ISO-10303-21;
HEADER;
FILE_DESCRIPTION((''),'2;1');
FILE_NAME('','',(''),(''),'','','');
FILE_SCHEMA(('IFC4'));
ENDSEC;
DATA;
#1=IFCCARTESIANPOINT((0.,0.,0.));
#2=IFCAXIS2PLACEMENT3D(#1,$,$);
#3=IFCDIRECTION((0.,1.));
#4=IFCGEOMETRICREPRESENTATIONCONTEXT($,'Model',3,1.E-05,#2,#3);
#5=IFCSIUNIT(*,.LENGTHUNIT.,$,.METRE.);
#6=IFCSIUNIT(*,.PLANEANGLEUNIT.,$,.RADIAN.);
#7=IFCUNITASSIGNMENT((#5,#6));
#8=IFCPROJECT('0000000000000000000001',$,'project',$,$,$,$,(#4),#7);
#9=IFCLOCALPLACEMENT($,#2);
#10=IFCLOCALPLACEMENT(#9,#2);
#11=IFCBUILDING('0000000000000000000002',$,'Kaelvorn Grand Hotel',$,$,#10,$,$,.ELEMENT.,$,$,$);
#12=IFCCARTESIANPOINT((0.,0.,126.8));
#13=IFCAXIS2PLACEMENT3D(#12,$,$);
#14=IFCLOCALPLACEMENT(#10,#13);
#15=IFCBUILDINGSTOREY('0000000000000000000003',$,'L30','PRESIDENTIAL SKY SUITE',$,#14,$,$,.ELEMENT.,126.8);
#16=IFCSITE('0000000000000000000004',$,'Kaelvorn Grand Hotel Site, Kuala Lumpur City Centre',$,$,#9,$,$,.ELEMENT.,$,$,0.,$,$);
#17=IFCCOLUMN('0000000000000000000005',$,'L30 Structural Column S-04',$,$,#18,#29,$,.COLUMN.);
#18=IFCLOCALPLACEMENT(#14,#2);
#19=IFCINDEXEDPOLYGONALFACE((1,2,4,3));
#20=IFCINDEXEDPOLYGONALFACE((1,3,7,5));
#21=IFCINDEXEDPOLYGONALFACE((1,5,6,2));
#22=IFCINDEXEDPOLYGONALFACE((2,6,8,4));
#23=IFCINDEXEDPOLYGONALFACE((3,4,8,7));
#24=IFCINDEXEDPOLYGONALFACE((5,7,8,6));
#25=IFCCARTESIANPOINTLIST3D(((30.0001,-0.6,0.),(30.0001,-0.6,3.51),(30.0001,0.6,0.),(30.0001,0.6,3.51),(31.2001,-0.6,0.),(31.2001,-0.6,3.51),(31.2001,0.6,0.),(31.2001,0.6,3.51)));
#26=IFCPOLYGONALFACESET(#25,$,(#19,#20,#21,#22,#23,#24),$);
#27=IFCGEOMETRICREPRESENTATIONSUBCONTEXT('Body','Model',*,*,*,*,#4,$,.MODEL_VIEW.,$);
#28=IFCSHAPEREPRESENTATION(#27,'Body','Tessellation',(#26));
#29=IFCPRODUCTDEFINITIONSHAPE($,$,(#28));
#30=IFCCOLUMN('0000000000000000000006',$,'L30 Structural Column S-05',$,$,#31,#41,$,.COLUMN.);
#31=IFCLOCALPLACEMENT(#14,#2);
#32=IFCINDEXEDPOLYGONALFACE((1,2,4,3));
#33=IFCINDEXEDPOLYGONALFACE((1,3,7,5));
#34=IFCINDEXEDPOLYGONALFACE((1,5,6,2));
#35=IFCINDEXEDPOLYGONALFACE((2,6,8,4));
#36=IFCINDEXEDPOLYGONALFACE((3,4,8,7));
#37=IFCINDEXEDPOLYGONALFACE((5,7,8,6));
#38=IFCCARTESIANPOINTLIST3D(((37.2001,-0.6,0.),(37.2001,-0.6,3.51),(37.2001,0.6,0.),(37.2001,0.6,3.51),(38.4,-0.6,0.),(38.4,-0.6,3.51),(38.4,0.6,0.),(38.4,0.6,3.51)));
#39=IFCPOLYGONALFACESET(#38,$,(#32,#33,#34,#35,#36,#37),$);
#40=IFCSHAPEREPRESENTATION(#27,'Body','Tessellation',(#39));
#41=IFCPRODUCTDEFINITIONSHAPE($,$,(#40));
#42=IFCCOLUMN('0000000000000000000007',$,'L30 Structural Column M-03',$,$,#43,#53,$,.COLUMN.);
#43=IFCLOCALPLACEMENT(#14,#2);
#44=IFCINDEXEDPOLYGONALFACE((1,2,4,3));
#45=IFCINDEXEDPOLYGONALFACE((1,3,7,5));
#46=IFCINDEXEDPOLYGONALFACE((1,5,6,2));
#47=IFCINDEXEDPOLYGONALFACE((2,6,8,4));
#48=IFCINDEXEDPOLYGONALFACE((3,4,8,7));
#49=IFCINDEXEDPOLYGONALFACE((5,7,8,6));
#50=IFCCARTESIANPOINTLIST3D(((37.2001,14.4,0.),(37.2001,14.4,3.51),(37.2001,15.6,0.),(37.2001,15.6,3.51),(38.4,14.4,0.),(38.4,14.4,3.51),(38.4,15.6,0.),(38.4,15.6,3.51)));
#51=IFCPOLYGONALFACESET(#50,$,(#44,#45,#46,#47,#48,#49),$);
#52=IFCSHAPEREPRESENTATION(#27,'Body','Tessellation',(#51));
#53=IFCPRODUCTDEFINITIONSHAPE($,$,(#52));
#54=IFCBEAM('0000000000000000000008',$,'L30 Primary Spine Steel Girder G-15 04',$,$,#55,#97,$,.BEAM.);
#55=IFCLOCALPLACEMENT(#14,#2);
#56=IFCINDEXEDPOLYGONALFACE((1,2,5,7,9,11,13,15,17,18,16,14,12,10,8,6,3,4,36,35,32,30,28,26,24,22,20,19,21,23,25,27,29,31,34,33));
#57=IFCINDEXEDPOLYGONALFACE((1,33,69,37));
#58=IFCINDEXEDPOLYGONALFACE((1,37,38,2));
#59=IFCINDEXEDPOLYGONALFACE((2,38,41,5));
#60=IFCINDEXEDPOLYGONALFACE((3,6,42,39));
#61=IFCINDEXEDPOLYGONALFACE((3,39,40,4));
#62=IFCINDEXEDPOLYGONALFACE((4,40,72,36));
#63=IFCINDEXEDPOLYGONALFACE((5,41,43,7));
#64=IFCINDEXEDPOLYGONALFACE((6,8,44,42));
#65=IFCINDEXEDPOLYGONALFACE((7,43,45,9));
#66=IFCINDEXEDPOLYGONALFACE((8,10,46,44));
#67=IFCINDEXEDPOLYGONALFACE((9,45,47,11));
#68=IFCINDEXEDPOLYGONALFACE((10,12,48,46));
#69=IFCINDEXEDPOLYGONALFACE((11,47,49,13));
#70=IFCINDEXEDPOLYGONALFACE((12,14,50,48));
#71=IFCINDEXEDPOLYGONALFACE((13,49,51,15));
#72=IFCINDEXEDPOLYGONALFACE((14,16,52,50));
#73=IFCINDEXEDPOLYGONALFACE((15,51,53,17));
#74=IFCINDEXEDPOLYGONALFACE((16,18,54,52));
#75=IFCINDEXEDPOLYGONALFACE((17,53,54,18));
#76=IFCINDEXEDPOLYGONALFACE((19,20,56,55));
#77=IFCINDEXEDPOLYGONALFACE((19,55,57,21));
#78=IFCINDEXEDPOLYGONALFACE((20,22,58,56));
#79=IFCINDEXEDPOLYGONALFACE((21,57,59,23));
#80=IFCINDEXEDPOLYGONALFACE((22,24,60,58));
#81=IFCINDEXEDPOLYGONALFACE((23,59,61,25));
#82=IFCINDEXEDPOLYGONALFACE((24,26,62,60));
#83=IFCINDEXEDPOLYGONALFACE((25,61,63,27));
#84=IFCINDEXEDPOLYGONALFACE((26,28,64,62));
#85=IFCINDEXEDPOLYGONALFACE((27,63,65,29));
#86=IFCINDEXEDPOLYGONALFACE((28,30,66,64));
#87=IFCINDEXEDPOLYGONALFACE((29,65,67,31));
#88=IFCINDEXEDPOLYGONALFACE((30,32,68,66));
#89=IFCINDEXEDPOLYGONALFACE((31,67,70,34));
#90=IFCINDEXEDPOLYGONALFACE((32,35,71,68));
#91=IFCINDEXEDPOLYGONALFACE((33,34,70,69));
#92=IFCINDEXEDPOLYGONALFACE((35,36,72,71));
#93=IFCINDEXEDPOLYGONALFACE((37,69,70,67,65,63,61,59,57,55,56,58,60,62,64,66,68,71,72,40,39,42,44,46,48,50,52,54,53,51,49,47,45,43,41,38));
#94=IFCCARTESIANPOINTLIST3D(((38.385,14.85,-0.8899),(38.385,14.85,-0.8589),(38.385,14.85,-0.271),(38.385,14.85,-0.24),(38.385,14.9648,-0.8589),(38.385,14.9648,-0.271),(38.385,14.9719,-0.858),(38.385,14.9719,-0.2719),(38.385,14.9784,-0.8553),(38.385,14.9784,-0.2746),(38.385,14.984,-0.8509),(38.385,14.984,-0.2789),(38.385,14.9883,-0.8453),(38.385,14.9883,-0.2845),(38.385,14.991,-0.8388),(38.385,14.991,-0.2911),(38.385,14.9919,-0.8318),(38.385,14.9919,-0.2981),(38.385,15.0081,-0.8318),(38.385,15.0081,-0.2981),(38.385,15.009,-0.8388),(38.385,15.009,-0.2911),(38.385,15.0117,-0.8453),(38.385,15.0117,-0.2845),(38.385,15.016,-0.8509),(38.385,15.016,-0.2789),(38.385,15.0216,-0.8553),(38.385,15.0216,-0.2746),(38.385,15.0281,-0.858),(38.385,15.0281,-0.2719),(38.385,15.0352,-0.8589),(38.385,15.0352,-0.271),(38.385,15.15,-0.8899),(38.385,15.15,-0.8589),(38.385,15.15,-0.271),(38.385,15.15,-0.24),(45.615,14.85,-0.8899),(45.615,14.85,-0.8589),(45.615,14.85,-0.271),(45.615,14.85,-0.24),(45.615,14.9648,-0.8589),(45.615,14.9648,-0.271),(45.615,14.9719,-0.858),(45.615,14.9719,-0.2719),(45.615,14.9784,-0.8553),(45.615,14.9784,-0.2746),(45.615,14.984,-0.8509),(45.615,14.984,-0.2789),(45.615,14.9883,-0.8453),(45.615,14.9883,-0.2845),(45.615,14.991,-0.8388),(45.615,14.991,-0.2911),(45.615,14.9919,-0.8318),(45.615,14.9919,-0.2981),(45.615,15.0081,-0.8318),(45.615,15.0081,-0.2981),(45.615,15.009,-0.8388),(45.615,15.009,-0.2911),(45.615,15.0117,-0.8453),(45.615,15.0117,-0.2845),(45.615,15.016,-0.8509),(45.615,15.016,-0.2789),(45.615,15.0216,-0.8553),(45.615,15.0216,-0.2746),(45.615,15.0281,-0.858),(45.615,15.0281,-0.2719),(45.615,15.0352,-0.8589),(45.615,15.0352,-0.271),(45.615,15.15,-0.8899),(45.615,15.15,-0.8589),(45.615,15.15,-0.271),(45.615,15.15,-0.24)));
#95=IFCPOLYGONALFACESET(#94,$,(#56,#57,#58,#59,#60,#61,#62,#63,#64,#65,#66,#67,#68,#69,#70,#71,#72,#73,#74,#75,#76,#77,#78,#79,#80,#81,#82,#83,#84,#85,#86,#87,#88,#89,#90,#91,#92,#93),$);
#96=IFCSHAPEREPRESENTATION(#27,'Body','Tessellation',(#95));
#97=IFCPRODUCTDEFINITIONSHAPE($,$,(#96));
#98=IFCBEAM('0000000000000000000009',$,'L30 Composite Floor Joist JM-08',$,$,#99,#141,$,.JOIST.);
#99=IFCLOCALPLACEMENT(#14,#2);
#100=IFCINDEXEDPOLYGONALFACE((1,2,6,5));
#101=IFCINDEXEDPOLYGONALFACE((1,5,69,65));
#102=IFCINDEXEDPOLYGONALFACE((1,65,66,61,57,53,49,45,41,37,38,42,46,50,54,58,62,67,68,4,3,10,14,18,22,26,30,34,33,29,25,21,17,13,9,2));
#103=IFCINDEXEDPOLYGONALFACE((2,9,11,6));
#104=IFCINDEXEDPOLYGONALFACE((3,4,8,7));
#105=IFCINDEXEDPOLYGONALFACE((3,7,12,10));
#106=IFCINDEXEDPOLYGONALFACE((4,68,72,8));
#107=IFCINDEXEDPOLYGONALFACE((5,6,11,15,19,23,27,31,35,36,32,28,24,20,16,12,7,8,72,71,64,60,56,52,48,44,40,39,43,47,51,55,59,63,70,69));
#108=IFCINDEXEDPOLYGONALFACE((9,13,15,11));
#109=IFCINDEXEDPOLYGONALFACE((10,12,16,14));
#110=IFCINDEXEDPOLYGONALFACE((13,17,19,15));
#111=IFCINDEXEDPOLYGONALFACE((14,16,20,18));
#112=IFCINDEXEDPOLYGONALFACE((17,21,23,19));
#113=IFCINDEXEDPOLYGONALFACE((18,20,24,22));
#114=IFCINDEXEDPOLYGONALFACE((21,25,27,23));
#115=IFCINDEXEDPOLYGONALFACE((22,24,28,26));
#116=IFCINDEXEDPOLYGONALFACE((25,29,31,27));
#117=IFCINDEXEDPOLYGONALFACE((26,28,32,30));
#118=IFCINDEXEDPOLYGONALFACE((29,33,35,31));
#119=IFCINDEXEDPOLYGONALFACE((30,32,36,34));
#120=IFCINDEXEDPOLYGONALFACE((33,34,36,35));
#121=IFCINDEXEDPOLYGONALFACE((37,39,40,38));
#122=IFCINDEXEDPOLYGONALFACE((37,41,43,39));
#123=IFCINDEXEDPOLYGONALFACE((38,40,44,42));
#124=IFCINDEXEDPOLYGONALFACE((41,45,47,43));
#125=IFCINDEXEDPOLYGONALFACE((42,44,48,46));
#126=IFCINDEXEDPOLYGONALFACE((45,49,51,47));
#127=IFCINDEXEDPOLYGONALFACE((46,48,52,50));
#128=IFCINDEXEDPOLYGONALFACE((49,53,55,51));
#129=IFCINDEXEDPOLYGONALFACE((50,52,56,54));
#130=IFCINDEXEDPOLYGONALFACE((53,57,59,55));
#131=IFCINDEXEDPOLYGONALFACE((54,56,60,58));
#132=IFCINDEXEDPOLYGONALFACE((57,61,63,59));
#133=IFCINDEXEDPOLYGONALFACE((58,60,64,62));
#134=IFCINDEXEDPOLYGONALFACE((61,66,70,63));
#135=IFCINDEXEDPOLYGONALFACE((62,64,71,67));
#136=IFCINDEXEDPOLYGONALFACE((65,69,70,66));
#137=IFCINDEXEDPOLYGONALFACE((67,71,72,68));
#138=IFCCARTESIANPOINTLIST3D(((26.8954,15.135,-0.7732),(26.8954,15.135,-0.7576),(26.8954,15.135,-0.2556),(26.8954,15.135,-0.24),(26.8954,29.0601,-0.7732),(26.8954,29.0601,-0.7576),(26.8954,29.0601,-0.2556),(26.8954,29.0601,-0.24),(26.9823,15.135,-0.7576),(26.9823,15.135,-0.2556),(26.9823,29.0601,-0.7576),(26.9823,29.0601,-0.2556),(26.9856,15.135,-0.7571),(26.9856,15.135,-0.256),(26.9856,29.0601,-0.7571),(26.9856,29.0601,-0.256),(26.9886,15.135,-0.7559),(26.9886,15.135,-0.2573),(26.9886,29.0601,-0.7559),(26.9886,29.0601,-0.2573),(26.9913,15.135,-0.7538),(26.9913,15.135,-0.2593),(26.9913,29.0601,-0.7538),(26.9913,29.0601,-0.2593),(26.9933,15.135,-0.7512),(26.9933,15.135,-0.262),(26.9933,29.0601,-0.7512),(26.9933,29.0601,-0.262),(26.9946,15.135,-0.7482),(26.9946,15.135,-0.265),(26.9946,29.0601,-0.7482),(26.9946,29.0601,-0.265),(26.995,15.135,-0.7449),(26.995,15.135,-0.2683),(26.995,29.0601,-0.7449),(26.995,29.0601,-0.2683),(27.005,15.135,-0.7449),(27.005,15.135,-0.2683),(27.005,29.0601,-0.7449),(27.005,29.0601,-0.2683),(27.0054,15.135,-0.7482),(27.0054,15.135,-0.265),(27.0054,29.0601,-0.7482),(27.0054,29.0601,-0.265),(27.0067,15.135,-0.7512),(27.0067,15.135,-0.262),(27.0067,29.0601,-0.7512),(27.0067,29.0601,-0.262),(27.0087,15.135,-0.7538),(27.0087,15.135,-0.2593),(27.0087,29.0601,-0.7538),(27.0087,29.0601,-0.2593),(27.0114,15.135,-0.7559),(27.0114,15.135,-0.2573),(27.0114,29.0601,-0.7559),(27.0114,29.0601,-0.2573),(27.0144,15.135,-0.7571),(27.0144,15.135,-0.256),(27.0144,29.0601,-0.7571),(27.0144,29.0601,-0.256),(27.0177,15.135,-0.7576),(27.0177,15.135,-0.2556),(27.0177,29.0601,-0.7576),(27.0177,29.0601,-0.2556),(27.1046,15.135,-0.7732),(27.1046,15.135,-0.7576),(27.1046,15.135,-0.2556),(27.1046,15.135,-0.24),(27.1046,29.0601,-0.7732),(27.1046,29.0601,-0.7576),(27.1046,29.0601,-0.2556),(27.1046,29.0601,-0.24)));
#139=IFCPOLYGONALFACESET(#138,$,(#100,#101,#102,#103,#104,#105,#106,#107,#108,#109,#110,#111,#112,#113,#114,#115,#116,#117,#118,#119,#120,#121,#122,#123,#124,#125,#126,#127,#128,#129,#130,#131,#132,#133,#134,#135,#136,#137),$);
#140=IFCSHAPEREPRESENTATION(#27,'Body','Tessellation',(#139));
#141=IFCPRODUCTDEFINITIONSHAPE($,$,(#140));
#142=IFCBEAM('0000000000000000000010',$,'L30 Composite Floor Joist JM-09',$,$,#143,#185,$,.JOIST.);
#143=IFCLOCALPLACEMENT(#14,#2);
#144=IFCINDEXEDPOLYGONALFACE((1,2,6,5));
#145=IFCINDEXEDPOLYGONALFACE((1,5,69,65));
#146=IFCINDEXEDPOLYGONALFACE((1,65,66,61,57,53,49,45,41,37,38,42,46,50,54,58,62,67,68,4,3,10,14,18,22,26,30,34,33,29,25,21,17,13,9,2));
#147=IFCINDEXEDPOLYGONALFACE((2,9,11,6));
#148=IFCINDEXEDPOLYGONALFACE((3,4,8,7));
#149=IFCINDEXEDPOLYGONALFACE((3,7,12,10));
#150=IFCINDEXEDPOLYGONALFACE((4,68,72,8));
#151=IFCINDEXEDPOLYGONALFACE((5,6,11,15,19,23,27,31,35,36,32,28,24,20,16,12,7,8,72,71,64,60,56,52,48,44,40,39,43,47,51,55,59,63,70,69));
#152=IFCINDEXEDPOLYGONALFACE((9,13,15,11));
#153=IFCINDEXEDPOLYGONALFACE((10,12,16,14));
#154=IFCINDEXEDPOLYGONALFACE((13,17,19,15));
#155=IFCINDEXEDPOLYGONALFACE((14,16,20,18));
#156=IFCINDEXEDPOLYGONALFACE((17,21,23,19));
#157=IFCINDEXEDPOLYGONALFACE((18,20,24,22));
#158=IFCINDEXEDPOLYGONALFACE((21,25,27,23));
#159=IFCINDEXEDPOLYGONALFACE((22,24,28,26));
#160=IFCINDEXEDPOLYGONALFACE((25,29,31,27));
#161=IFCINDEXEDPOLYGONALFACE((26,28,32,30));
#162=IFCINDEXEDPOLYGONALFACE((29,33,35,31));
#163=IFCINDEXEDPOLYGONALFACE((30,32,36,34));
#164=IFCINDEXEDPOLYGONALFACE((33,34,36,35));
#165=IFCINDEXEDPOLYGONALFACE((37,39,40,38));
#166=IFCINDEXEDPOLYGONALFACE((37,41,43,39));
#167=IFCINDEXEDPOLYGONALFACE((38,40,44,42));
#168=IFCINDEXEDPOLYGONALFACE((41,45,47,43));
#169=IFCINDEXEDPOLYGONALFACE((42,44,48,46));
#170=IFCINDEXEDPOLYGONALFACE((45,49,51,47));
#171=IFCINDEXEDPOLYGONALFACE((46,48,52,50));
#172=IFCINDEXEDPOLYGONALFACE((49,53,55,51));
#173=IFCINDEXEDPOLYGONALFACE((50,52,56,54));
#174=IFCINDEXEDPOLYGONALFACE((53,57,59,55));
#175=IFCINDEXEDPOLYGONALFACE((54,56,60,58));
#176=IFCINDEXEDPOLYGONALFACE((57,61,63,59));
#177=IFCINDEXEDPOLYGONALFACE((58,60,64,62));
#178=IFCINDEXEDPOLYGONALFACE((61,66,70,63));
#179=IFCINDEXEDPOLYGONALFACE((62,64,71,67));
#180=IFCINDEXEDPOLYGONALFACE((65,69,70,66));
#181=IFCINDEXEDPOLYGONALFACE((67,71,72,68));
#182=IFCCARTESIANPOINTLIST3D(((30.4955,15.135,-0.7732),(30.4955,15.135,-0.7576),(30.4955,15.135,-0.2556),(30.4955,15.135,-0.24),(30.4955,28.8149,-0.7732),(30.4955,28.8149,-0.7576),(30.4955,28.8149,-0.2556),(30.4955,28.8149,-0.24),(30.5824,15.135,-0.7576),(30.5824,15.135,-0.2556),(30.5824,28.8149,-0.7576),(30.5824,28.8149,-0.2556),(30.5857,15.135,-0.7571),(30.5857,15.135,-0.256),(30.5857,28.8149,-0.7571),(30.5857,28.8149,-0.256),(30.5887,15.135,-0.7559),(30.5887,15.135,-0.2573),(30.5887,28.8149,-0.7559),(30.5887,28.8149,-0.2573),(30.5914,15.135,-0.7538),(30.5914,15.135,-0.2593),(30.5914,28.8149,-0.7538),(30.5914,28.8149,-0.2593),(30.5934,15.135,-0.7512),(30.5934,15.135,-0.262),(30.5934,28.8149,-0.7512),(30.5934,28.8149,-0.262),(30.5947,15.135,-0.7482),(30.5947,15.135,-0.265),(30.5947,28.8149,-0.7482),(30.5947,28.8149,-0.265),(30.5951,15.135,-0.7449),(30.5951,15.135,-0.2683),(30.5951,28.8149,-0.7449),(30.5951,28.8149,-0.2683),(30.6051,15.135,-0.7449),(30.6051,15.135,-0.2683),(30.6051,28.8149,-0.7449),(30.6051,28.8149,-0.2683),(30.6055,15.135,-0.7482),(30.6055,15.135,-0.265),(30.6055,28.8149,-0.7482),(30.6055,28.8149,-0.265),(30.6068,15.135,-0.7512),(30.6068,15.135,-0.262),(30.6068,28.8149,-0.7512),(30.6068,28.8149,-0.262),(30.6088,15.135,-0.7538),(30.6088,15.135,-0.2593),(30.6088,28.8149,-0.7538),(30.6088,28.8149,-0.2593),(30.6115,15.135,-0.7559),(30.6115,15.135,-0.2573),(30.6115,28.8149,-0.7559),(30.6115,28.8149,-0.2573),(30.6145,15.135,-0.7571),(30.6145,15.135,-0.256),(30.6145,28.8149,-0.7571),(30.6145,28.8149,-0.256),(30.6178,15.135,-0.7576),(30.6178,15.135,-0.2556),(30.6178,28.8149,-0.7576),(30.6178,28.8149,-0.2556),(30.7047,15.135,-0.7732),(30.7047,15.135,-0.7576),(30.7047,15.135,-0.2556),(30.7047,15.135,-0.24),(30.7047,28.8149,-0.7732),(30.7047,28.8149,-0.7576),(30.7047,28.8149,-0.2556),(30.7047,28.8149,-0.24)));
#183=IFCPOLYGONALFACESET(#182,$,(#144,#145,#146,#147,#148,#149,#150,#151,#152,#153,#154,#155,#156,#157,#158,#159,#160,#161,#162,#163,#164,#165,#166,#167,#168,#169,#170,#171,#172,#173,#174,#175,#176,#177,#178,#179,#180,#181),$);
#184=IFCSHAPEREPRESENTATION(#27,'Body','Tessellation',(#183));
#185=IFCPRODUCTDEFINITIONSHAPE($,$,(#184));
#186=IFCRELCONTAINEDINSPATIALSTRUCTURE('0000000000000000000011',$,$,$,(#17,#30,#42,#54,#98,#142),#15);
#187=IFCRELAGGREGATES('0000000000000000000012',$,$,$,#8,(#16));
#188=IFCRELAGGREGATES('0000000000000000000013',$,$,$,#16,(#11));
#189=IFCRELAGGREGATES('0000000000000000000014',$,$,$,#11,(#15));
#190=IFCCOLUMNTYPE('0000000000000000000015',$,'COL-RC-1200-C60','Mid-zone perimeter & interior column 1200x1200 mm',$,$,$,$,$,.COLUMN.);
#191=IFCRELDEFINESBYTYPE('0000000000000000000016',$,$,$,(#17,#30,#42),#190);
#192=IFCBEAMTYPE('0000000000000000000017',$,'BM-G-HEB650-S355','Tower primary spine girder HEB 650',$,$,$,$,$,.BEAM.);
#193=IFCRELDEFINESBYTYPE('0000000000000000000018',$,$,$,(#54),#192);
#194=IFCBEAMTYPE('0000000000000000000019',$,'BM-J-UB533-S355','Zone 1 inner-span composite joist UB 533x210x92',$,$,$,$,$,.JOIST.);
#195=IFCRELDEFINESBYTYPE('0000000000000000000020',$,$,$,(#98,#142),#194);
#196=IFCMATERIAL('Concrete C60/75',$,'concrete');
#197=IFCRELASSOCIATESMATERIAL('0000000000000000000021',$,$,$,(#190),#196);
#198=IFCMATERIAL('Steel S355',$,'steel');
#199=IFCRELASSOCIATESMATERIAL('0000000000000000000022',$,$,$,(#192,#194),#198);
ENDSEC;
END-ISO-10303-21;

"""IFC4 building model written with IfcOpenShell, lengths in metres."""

from ifc_helpers import new_model, si_unit, direction, frame, origin, origin_2d, place, context, subcontext, project, spatial, rectangle, i_section, extrude, material, material_profile, profile_set, type_object, element, save


model = new_model("IFC4")

# Units and contexts
model_context = context("Model", 3, precision=1e-05, world=origin(), true_north=direction((0.0, 1.0)))
body_context = subcontext(model_context, "Body", "Model", "MODEL_VIEW")
ifc_project = project(units=[si_unit("LENGTHUNIT", "METRE"), si_unit("PLANEANGLEUNIT", "RADIAN")], contexts=[model_context])

# Site, building, storey
site_placement = place(None, origin())
site = spatial("IfcSite", under=ifc_project, at=site_placement, Name="Kaelvorn Grand Hotel Site, Kuala Lumpur City Centre", CompositionType="ELEMENT", RefElevation=0.0)
building_placement = place(site_placement, origin())
building = spatial("IfcBuilding", under=site, at=building_placement, Name="Kaelvorn Grand Hotel", CompositionType="ELEMENT")
storey_placement = place(building_placement, frame((0.0, 0.0, 126.8)))
storey = spatial("IfcBuildingStorey", under=building, at=storey_placement, Name="L30", Description="PRESIDENTIAL SKY SUITE", CompositionType="ELEMENT", Elevation=126.8)

# Columns
ifc_material_1 = material(Name="Concrete C60/75", Category="concrete")
ifc_material_profile_1 = material_profile(ifc_material_1, rectangle(XDim=1.2, YDim=1.2, at=origin_2d()), Name="RC COL 1200x1200")
ifc_profile_set_1 = profile_set([ifc_material_profile_1], Name="Concrete C60/75")
column_type = type_object("IfcColumnType", Name="COL-RC-1200-C60", Description="Mid-zone perimeter & interior column 1200x1200 mm", PredefinedType="COLUMN", material=ifc_profile_set_1)
for number, where, z_axis, x_axis, name in (
    (1, (30.6001, 0.0, 0.0), (0.0, 0.0, 1.0), (1.0, 0.0, 0.0), "L30 Structural Column S-04"),
    (2, (37.8, 0.0, 0.0), (0.0, 0.0, 1.0), (1.0, 0.0, 0.0), "L30 Structural Column S-05"),
    (3, (37.8, 15.0, 0.0), (0.0, 0.0, 1.0), (1.0, 0.0, 0.0), "L30 Structural Column M-03"),
):
    element("IfcColumn", number, at=place(storey_placement, frame(where, z_axis=z_axis, x_axis=x_axis)), inside=storey, type_object=column_type, Name=name, PredefinedType="COLUMN", context=body_context, shape_type="SweptSolid", body=[
        extrude(rectangle(XDim=1.2, YDim=1.2, at=origin_2d()), origin(), (0.0, 0.0, 1.0), 3.51),
    ])

# Beams
ifc_material_2 = material(Name="Steel S355", Category="steel")
ifc_material_profile_2 = material_profile(ifc_material_2, i_section(OverallWidth=0.3, OverallDepth=0.6499, WebThickness=0.0161, FlangeThickness=0.031, FilletRadius=0.0271, at=origin_2d()), Name="HEB 650")
ifc_profile_set_2 = profile_set([ifc_material_profile_2], Name="Steel S355")
beam_type_1 = type_object("IfcBeamType", Name="BM-G-HEB650-S355", Description="Tower primary spine girder HEB 650", PredefinedType="BEAM", material=ifc_profile_set_2)
beam_1_placement = place(storey_placement, frame((38.385, 15.0, -0.5649), z_axis=(1.0, 0.0, 0.0), x_axis=(0.0, 1.0, 0.0)))
element("IfcBeam", 4, at=beam_1_placement, inside=storey, type_object=beam_type_1, Name="L30 Primary Spine Steel Girder G-15 04", PredefinedType="BEAM", context=body_context, shape_type="SweptSolid", body=[
    extrude(i_section(OverallWidth=0.3, OverallDepth=0.6499, WebThickness=0.0161, FlangeThickness=0.031, FilletRadius=0.0271, at=origin_2d()), origin(), (0.0, 0.0, 1.0), 7.23),
])
ifc_material_profile_3 = material_profile(ifc_material_2, i_section(OverallWidth=0.2092, OverallDepth=0.5332, WebThickness=0.01, FlangeThickness=0.0156, FilletRadius=0.0127, at=origin_2d()), Name="UB 533x210x92")
ifc_profile_set_3 = profile_set([ifc_material_profile_3], Name="Steel S355")
beam_type_2 = type_object("IfcBeamType", Name="BM-J-UB533-S355", Description="Zone 1 inner-span composite joist UB 533x210x92", PredefinedType="JOIST", material=ifc_profile_set_3)
beam_2_placement = place(storey_placement, frame((27.0, 15.135, -0.5066), z_axis=(0.0, 1.0, 0.0), x_axis=(-1.0, 0.0, 0.0)))
element("IfcBeam", 5, at=beam_2_placement, inside=storey, type_object=beam_type_2, Name="L30 Composite Floor Joist JM-08", PredefinedType="JOIST", context=body_context, shape_type="SweptSolid", body=[
    extrude(i_section(OverallWidth=0.2092, OverallDepth=0.5332, WebThickness=0.01, FlangeThickness=0.0156, FilletRadius=0.0127, at=origin_2d()), origin(), (0.0, 0.0, 1.0), 13.925),
])
beam_3_placement = place(storey_placement, frame((30.6001, 15.135, -0.5066), z_axis=(0.0, 1.0, 0.0), x_axis=(-1.0, 0.0, 0.0)))
element("IfcBeam", 6, at=beam_3_placement, inside=storey, type_object=beam_type_2, Name="L30 Composite Floor Joist JM-09", PredefinedType="JOIST", context=body_context, shape_type="SweptSolid", body=[
    extrude(i_section(OverallWidth=0.2092, OverallDepth=0.5332, WebThickness=0.01, FlangeThickness=0.0156, FilletRadius=0.0127, at=origin_2d()), origin(), (0.0, 0.0, 1.0), 13.6799),
])

save(model, "model.ifc")
